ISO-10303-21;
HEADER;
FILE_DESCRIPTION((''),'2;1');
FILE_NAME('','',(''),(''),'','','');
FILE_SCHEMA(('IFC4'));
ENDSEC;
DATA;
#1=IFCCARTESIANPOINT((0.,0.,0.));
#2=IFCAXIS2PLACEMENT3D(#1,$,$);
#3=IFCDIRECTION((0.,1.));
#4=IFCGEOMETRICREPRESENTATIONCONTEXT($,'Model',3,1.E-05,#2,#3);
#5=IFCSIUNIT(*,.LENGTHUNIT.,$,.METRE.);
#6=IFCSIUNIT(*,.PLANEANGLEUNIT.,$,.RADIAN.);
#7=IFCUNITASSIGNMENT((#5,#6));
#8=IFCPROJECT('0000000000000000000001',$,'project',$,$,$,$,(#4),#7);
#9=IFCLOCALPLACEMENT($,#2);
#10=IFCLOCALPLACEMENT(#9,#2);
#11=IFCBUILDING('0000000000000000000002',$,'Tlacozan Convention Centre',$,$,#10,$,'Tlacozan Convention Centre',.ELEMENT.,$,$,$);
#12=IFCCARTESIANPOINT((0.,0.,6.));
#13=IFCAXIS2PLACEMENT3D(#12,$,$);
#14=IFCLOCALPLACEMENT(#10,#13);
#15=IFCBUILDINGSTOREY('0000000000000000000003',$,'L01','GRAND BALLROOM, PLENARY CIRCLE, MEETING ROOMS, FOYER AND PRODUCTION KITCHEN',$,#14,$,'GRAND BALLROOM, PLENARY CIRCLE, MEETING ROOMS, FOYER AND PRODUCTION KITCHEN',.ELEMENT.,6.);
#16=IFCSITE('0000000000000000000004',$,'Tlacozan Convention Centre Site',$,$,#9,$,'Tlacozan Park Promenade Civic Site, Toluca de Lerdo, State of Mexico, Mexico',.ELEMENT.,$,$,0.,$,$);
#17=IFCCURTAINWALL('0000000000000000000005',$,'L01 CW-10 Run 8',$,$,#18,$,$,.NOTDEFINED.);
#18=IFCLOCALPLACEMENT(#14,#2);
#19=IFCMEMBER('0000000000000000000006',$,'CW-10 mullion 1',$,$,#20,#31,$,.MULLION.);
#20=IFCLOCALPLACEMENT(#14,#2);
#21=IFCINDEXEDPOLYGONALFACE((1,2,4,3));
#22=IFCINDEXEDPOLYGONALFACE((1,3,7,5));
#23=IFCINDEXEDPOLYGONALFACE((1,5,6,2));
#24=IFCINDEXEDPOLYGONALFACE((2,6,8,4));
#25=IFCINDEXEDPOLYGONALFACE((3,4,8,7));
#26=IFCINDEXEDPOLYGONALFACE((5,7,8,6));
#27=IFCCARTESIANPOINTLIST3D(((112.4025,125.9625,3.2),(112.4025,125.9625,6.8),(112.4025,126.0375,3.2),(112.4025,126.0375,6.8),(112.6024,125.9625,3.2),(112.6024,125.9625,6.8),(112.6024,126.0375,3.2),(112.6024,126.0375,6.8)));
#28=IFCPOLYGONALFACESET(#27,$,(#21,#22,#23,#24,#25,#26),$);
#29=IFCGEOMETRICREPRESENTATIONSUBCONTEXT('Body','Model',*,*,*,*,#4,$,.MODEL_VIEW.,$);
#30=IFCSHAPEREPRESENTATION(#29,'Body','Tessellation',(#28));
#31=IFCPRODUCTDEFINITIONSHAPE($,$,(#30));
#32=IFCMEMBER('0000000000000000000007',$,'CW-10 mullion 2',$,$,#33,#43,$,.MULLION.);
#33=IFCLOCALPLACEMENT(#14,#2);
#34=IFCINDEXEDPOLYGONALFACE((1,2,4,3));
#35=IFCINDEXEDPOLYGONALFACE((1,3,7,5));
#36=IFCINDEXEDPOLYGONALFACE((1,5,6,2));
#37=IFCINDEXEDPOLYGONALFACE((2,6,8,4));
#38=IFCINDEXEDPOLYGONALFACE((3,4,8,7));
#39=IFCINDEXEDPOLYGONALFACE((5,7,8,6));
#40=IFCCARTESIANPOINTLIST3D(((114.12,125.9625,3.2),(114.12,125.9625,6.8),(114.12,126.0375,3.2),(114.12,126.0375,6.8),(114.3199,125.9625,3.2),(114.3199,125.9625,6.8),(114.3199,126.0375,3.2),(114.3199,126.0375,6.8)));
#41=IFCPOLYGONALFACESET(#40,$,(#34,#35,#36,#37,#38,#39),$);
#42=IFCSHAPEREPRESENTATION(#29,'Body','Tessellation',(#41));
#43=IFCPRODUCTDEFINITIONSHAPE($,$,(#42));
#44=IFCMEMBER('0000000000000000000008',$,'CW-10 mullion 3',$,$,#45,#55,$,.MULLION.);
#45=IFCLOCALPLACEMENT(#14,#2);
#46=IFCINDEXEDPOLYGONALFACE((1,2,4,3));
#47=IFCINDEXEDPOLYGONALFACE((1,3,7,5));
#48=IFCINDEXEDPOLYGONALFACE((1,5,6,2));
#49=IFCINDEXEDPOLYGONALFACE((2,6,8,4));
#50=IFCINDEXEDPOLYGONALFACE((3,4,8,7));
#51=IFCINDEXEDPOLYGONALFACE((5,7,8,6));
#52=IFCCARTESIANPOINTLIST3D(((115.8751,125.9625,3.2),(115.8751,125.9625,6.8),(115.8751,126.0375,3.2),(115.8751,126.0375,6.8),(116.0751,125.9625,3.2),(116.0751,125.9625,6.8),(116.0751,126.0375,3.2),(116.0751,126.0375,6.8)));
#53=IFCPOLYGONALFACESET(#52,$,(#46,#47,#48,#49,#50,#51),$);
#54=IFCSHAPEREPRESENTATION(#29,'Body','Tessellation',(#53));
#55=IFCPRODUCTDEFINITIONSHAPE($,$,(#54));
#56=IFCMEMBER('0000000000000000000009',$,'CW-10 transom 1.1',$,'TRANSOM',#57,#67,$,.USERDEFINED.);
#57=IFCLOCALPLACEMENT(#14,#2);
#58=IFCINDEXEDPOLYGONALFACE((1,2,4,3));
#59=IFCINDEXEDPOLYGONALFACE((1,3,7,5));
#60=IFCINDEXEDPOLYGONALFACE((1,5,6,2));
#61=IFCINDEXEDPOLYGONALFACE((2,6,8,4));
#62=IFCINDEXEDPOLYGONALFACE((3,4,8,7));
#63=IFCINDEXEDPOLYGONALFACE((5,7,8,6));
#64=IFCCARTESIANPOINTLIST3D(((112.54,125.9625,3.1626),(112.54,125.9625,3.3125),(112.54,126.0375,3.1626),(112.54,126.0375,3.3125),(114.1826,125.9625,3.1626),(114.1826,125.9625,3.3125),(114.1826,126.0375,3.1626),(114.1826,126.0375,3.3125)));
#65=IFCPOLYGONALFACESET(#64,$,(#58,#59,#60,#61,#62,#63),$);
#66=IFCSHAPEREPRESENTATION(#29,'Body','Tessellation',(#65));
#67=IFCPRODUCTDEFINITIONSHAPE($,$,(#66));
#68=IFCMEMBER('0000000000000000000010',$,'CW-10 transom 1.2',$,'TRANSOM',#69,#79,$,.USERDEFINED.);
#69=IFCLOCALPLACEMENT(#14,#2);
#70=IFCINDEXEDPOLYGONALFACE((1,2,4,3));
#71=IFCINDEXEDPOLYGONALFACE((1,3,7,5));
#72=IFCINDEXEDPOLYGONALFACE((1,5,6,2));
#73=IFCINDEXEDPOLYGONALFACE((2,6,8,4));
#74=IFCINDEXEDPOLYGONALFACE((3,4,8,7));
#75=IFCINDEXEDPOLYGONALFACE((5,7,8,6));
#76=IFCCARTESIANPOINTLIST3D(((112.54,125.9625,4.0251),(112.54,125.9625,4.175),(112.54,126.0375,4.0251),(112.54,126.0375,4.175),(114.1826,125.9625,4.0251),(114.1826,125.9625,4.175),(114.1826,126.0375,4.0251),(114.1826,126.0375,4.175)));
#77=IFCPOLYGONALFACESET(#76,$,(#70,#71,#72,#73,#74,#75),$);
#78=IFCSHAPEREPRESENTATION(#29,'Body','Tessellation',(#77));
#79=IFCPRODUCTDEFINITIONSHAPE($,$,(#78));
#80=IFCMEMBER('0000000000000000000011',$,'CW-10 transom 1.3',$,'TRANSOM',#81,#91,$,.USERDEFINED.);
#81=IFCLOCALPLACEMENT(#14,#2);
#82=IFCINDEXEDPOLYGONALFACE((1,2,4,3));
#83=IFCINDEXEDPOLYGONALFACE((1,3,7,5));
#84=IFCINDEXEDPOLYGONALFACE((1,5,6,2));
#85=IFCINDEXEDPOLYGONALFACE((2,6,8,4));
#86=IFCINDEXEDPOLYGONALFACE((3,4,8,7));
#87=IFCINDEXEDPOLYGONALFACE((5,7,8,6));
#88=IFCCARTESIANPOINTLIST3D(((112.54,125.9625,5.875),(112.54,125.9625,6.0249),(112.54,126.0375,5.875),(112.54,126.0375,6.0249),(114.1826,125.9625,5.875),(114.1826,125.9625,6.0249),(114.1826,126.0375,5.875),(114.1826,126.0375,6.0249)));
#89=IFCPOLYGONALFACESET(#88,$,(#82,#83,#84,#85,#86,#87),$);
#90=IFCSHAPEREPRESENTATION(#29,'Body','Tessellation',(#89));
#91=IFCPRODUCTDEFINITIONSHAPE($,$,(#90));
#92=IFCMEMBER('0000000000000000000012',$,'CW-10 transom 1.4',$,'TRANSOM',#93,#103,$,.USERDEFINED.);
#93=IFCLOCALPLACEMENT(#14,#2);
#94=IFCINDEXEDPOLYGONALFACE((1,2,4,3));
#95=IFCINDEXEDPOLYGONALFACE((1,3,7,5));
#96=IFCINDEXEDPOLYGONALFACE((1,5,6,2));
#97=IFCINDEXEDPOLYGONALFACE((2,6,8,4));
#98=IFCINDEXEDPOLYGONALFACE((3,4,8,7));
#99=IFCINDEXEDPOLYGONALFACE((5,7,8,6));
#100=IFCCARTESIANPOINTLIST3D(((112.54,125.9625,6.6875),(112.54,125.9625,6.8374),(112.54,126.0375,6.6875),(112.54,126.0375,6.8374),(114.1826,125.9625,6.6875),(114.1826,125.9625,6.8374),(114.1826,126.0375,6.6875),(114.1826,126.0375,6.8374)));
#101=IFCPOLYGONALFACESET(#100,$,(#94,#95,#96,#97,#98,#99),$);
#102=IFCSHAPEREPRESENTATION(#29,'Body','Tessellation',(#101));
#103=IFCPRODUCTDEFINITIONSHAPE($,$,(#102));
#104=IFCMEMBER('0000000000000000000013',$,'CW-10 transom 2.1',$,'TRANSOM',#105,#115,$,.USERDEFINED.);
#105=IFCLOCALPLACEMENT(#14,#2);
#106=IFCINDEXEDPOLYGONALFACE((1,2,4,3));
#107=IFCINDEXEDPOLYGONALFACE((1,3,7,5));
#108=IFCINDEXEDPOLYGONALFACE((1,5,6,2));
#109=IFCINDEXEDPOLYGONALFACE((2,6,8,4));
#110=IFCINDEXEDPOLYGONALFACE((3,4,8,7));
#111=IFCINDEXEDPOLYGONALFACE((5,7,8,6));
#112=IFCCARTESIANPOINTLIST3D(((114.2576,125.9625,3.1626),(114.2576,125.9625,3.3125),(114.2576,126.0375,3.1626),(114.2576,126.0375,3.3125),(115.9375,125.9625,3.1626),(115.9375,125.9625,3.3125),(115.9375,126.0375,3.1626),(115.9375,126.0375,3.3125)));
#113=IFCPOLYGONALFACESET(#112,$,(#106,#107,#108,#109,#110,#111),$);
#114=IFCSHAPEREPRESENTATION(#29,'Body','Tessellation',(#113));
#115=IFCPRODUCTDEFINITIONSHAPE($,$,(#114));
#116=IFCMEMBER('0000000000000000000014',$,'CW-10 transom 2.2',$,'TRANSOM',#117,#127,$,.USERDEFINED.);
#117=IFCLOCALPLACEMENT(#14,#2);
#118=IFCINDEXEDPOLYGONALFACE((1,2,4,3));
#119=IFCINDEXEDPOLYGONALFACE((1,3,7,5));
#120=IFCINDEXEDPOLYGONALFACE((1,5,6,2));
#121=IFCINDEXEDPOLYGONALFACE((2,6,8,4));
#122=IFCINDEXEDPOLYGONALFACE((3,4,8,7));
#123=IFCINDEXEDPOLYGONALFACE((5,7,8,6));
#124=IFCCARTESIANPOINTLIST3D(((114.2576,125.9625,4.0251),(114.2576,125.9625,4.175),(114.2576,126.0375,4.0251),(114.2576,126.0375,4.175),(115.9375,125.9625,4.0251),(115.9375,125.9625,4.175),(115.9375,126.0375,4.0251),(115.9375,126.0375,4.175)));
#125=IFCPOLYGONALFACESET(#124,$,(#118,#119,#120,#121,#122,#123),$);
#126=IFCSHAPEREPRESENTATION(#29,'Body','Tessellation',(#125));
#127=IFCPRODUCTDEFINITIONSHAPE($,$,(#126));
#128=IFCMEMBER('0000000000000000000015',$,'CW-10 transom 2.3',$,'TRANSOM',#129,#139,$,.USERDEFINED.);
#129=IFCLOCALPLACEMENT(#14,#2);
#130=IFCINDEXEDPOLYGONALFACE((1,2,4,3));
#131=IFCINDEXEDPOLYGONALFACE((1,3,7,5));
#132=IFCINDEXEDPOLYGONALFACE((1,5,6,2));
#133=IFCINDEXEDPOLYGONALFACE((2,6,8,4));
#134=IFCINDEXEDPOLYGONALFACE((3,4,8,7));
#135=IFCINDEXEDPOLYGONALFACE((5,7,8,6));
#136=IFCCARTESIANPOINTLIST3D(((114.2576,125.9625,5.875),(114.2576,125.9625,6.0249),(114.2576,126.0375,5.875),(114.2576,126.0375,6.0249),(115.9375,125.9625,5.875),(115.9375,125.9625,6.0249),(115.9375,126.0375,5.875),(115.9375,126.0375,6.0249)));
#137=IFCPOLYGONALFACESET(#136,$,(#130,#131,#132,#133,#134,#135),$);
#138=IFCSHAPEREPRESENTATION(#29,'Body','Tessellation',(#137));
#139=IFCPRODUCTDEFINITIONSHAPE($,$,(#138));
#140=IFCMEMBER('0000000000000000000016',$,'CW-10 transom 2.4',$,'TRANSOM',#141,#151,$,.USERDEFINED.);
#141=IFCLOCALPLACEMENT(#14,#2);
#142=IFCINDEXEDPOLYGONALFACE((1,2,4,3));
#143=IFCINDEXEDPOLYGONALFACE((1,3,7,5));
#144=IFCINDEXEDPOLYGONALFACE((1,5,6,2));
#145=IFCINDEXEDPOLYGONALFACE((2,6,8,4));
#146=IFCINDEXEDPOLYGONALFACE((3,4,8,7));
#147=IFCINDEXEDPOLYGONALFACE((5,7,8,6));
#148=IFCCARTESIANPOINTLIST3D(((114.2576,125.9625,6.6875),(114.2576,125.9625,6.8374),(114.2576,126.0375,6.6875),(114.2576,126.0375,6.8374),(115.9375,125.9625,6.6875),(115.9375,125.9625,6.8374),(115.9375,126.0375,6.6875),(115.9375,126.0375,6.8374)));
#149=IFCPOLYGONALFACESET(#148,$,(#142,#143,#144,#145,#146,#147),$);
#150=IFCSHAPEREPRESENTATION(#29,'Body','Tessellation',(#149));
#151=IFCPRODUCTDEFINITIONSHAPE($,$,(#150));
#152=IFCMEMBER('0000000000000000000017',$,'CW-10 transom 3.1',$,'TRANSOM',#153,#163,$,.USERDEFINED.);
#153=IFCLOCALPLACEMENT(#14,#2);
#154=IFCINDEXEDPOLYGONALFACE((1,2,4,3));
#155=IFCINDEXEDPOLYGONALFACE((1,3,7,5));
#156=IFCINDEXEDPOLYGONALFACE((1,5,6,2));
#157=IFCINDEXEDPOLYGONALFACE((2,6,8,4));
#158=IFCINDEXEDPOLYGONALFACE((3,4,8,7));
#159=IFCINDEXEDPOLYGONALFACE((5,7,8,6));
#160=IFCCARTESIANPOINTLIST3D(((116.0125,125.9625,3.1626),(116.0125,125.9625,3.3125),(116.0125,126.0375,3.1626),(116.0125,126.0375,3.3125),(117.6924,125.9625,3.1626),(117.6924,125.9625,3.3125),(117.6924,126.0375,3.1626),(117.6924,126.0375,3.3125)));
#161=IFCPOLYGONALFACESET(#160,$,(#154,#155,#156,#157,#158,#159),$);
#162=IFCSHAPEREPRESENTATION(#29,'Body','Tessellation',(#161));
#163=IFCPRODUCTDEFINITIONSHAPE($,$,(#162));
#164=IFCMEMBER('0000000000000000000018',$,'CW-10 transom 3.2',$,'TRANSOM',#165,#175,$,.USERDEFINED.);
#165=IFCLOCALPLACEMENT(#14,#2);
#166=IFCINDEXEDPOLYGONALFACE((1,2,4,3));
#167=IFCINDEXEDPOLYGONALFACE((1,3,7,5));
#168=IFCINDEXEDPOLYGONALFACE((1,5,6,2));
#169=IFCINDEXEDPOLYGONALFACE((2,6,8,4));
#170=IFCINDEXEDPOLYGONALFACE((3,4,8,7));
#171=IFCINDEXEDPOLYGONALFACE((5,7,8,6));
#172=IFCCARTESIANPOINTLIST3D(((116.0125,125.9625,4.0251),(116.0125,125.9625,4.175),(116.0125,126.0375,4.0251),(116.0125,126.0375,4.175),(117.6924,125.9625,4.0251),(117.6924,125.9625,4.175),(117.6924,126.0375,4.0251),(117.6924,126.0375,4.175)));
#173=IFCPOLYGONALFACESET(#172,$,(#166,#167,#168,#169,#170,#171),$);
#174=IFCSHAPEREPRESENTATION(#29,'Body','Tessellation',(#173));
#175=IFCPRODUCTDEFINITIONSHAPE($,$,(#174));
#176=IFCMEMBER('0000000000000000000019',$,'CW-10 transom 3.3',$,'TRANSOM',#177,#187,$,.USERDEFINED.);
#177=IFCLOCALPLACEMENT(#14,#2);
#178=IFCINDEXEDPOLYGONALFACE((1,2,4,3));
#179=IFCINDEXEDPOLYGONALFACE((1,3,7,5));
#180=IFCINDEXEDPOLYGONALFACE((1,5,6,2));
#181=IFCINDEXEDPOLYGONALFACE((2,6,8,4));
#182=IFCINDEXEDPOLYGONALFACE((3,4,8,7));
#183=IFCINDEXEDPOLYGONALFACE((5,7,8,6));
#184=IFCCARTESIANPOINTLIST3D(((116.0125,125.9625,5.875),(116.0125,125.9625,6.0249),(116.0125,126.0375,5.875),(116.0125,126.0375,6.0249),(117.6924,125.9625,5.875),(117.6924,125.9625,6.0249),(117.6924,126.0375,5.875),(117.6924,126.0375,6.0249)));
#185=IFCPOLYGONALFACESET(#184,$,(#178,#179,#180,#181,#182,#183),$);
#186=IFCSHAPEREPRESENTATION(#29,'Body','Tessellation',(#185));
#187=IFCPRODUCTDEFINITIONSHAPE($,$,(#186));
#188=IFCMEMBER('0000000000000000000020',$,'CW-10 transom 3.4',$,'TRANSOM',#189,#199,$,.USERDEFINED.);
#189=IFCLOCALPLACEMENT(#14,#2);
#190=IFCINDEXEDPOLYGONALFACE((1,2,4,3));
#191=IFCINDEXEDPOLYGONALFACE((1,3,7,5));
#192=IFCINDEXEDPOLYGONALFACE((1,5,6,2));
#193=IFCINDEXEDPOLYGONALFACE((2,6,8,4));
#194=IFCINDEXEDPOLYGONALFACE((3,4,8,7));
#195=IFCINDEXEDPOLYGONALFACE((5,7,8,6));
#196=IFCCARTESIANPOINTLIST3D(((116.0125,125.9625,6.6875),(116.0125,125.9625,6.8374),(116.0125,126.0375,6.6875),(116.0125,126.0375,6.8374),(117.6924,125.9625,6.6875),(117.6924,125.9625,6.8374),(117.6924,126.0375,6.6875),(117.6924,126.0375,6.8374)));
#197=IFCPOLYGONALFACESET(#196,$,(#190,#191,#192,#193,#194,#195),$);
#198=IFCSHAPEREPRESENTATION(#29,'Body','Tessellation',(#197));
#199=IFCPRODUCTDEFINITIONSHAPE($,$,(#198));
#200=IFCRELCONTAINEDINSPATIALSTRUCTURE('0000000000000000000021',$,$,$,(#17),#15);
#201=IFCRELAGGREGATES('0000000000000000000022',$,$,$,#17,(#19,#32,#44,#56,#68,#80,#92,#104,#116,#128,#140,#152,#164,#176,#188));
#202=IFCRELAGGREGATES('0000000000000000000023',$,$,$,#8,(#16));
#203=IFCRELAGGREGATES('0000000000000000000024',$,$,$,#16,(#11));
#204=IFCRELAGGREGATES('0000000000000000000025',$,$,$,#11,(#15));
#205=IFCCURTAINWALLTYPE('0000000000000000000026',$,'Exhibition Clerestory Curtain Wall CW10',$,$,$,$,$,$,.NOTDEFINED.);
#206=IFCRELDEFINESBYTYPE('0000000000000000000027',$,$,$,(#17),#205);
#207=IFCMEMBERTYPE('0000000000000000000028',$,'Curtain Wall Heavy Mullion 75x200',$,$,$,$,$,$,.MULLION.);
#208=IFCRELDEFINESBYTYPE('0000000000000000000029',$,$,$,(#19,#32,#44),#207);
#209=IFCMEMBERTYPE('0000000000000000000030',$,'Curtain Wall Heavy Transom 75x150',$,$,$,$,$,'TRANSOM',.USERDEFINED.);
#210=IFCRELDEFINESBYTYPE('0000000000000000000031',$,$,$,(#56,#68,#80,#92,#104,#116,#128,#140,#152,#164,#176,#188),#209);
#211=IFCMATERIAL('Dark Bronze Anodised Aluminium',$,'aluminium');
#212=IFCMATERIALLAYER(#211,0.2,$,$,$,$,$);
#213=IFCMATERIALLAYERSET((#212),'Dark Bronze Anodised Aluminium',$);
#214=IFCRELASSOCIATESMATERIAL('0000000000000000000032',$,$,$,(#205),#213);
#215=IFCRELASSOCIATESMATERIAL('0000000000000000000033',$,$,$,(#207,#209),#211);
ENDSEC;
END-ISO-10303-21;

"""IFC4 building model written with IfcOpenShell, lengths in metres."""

from ifc_helpers import new_model, si_unit, direction, frame, origin, origin_2d, place, context, subcontext, project, spatial, rectangle, extrude, material, layer, layer_set, material_profile, profile_set, type_object, element, aggregate, save


model = new_model("IFC4")

# Units and contexts
model_context = context("Model", 3, precision=1e-05, world=origin(), true_north=direction((0.0, 1.0)))
body_context = subcontext(model_context, "Body", "Model", "MODEL_VIEW")
ifc_project = project(units=[si_unit("LENGTHUNIT", "METRE"), si_unit("PLANEANGLEUNIT", "RADIAN")], contexts=[model_context])

# Site, building, storey
site_placement = place(None, origin())
site = spatial("IfcSite", under=ifc_project, at=site_placement, Name="Tlacozan Convention Centre Site", LongName="Tlacozan Park Promenade Civic Site, Toluca de Lerdo, State of Mexico, Mexico", CompositionType="ELEMENT", RefElevation=0.0)
building_placement = place(site_placement, origin())
building = spatial("IfcBuilding", under=site, at=building_placement, Name="Tlacozan Convention Centre", LongName="Tlacozan Convention Centre", CompositionType="ELEMENT")
storey_placement = place(building_placement, frame((0.0, 0.0, 6.0)))
storey = spatial("IfcBuildingStorey", under=building, at=storey_placement, Name="L01", Description="GRAND BALLROOM, PLENARY CIRCLE, MEETING ROOMS, FOYER AND PRODUCTION KITCHEN", LongName="GRAND BALLROOM, PLENARY CIRCLE, MEETING ROOMS, FOYER AND PRODUCTION KITCHEN", CompositionType="ELEMENT", Elevation=6.0)

# Curtain wall, members
ifc_material_1 = material(Name="Dark Bronze Anodised Aluminium", Category="aluminium")
ifc_layer_1 = layer(ifc_material_1, 0.2)
ifc_layer_set_1 = layer_set([ifc_layer_1], Name="Dark Bronze Anodised Aluminium")
curtain_wall_type = type_object("IfcCurtainWallType", Name="Exhibition Clerestory Curtain Wall CW10", PredefinedType="NOTDEFINED", material=ifc_layer_set_1)
curtain_wall_placement = place(storey_placement, origin())
curtain_wall = element("IfcCurtainWall", 1, at=curtain_wall_placement, inside=storey, type_object=curtain_wall_type, Name="L01 CW-10 Run 8", PredefinedType="NOTDEFINED")
ifc_material_profile_1 = material_profile(ifc_material_1, rectangle(XDim=0.075, YDim=0.2, at=origin_2d()), Name="ALU 75x200")
ifc_profile_set_1 = profile_set([ifc_material_profile_1], Name="Dark Bronze Anodised Aluminium")
member_type_1 = type_object("IfcMemberType", Name="Curtain Wall Heavy Mullion 75x200", PredefinedType="MULLION", material=ifc_profile_set_1)
member_1_placement = place(storey_placement, frame((112.5024, 126.0, 3.2), z_axis=(0.0, 0.0, 1.0), x_axis=(0.0, 1.0, 0.0)))
member_1 = element("IfcMember", 2, at=member_1_placement, type_object=member_type_1, Name="CW-10 mullion 1", PredefinedType="MULLION", context=body_context, shape_type="SweptSolid", body=[
    extrude(rectangle(XDim=0.075, YDim=0.2, at=origin_2d()), origin(), (0.0, 0.0, 1.0), 3.6001),
])
member_2_placement = place(storey_placement, frame((114.22, 126.0, 3.2), z_axis=(0.0, 0.0, 1.0), x_axis=(0.0, 1.0, 0.0)))
member_2 = element("IfcMember", 3, at=member_2_placement, type_object=member_type_1, Name="CW-10 mullion 2", PredefinedType="MULLION", context=body_context, shape_type="SweptSolid", body=[
    extrude(rectangle(XDim=0.075, YDim=0.2, at=origin_2d()), origin(), (0.0, 0.0, 1.0), 3.6001),
])
member_3_placement = place(storey_placement, frame((115.9751, 126.0, 3.2), z_axis=(0.0, 0.0, 1.0), x_axis=(0.0, 1.0, 0.0)))
member_3 = element("IfcMember", 4, at=member_3_placement, type_object=member_type_1, Name="CW-10 mullion 3", PredefinedType="MULLION", context=body_context, shape_type="SweptSolid", body=[
    extrude(rectangle(XDim=0.075, YDim=0.2, at=origin_2d()), origin(), (0.0, 0.0, 1.0), 3.6001),
])
ifc_material_profile_2 = material_profile(ifc_material_1, rectangle(XDim=0.075, YDim=0.1499, at=origin_2d()), Name="ALU 75x150")
ifc_profile_set_2 = profile_set([ifc_material_profile_2], Name="Dark Bronze Anodised Aluminium")
member_type_2 = type_object("IfcMemberType", Name="Curtain Wall Heavy Transom 75x150", ElementType="TRANSOM", PredefinedType="USERDEFINED", material=ifc_profile_set_2)
member_4_placement = place(storey_placement, frame((112.54, 126.0, 3.2375), z_axis=(1.0, 0.0, 0.0), x_axis=(0.0, 1.0, 0.0)))
member_4 = element("IfcMember", 5, at=member_4_placement, type_object=member_type_2, Name="CW-10 transom 1.1", ObjectType="TRANSOM", PredefinedType="USERDEFINED", context=body_context, shape_type="SweptSolid", body=[
    extrude(rectangle(XDim=0.075, YDim=0.1499, at=origin_2d()), origin(), (0.0, 0.0, 1.0), 1.6426),
])
member_5_placement = place(storey_placement, frame((112.54, 126.0, 4.1001), z_axis=(1.0, 0.0, 0.0), x_axis=(0.0, 1.0, 0.0)))
member_5 = element("IfcMember", 6, at=member_5_placement, type_object=member_type_2, Name="CW-10 transom 1.2", ObjectType="TRANSOM", PredefinedType="USERDEFINED", context=body_context, shape_type="SweptSolid", body=[
    extrude(rectangle(XDim=0.075, YDim=0.1499, at=origin_2d()), origin(), (0.0, 0.0, 1.0), 1.6426),
])
member_6_placement = place(storey_placement, frame((112.54, 126.0, 5.95), z_axis=(1.0, 0.0, 0.0), x_axis=(0.0, 1.0, 0.0)))
member_6 = element("IfcMember", 7, at=member_6_placement, type_object=member_type_2, Name="CW-10 transom 1.3", ObjectType="TRANSOM", PredefinedType="USERDEFINED", context=body_context, shape_type="SweptSolid", body=[
    extrude(rectangle(XDim=0.075, YDim=0.1499, at=origin_2d()), origin(), (0.0, 0.0, 1.0), 1.6426),
])
member_7_placement = place(storey_placement, frame((112.54, 126.0, 6.7625), z_axis=(1.0, 0.0, 0.0), x_axis=(0.0, 1.0, 0.0)))
member_7 = element("IfcMember", 8, at=member_7_placement, type_object=member_type_2, Name="CW-10 transom 1.4", ObjectType="TRANSOM", PredefinedType="USERDEFINED", context=body_context, shape_type="SweptSolid", body=[
    extrude(rectangle(XDim=0.075, YDim=0.1499, at=origin_2d()), origin(), (0.0, 0.0, 1.0), 1.6426),
])
member_8_placement = place(storey_placement, frame((114.2576, 126.0, 3.2375), z_axis=(1.0, 0.0, 0.0), x_axis=(0.0, 1.0, 0.0)))
member_8 = element("IfcMember", 9, at=member_8_placement, type_object=member_type_2, Name="CW-10 transom 2.1", ObjectType="TRANSOM", PredefinedType="USERDEFINED", context=body_context, shape_type="SweptSolid", body=[
    extrude(rectangle(XDim=0.075, YDim=0.1499, at=origin_2d()), origin(), (0.0, 0.0, 1.0), 1.6799),
])
member_9_placement = place(storey_placement, frame((114.2576, 126.0, 4.1001), z_axis=(1.0, 0.0, 0.0), x_axis=(0.0, 1.0, 0.0)))
member_9 = element("IfcMember", 10, at=member_9_placement, type_object=member_type_2, Name="CW-10 transom 2.2", ObjectType="TRANSOM", PredefinedType="USERDEFINED", context=body_context, shape_type="SweptSolid", body=[
    extrude(rectangle(XDim=0.075, YDim=0.1499, at=origin_2d()), origin(), (0.0, 0.0, 1.0), 1.6799),
])
member_10_placement = place(storey_placement, frame((114.2576, 126.0, 5.95), z_axis=(1.0, 0.0, 0.0), x_axis=(0.0, 1.0, 0.0)))
member_10 = element("IfcMember", 11, at=member_10_placement, type_object=member_type_2, Name="CW-10 transom 2.3", ObjectType="TRANSOM", PredefinedType="USERDEFINED", context=body_context, shape_type="SweptSolid", body=[
    extrude(rectangle(XDim=0.075, YDim=0.1499, at=origin_2d()), origin(), (0.0, 0.0, 1.0), 1.6799),
])
member_11_placement = place(storey_placement, frame((114.2576, 126.0, 6.7625), z_axis=(1.0, 0.0, 0.0), x_axis=(0.0, 1.0, 0.0)))
member_11 = element("IfcMember", 12, at=member_11_placement, type_object=member_type_2, Name="CW-10 transom 2.4", ObjectType="TRANSOM", PredefinedType="USERDEFINED", context=body_context, shape_type="SweptSolid", body=[
    extrude(rectangle(XDim=0.075, YDim=0.1499, at=origin_2d()), origin(), (0.0, 0.0, 1.0), 1.6799),
])
member_12_placement = place(storey_placement, frame((116.0125, 126.0, 3.2375), z_axis=(1.0, 0.0, 0.0), x_axis=(0.0, 1.0, 0.0)))
member_12 = element("IfcMember", 13, at=member_12_placement, type_object=member_type_2, Name="CW-10 transom 3.1", ObjectType="TRANSOM", PredefinedType="USERDEFINED", context=body_context, shape_type="SweptSolid", body=[
    extrude(rectangle(XDim=0.075, YDim=0.1499, at=origin_2d()), origin(), (0.0, 0.0, 1.0), 1.6799),
])
member_13_placement = place(storey_placement, frame((116.0125, 126.0, 4.1001), z_axis=(1.0, 0.0, 0.0), x_axis=(0.0, 1.0, 0.0)))
member_13 = element("IfcMember", 14, at=member_13_placement, type_object=member_type_2, Name="CW-10 transom 3.2", ObjectType="TRANSOM", PredefinedType="USERDEFINED", context=body_context, shape_type="SweptSolid", body=[
    extrude(rectangle(XDim=0.075, YDim=0.1499, at=origin_2d()), origin(), (0.0, 0.0, 1.0), 1.6799),
])
member_14_placement = place(storey_placement, frame((116.0125, 126.0, 5.95), z_axis=(1.0, 0.0, 0.0), x_axis=(0.0, 1.0, 0.0)))
member_14 = element("IfcMember", 15, at=member_14_placement, type_object=member_type_2, Name="CW-10 transom 3.3", ObjectType="TRANSOM", PredefinedType="USERDEFINED", context=body_context, shape_type="SweptSolid", body=[
    extrude(rectangle(XDim=0.075, YDim=0.1499, at=origin_2d()), origin(), (0.0, 0.0, 1.0), 1.6799),
])
member_15_placement = place(storey_placement, frame((116.0125, 126.0, 6.7625), z_axis=(1.0, 0.0, 0.0), x_axis=(0.0, 1.0, 0.0)))
member_15 = element("IfcMember", 16, at=member_15_placement, type_object=member_type_2, Name="CW-10 transom 3.4", ObjectType="TRANSOM", PredefinedType="USERDEFINED", context=body_context, shape_type="SweptSolid", body=[
    extrude(rectangle(XDim=0.075, YDim=0.1499, at=origin_2d()), origin(), (0.0, 0.0, 1.0), 1.6799),
])
aggregate(curtain_wall, [member_1, member_2, member_3, member_4, member_5, member_6, member_7, member_8, member_9, member_10, member_11, member_12, member_13, member_14, member_15])

save(model, "model.ifc")
